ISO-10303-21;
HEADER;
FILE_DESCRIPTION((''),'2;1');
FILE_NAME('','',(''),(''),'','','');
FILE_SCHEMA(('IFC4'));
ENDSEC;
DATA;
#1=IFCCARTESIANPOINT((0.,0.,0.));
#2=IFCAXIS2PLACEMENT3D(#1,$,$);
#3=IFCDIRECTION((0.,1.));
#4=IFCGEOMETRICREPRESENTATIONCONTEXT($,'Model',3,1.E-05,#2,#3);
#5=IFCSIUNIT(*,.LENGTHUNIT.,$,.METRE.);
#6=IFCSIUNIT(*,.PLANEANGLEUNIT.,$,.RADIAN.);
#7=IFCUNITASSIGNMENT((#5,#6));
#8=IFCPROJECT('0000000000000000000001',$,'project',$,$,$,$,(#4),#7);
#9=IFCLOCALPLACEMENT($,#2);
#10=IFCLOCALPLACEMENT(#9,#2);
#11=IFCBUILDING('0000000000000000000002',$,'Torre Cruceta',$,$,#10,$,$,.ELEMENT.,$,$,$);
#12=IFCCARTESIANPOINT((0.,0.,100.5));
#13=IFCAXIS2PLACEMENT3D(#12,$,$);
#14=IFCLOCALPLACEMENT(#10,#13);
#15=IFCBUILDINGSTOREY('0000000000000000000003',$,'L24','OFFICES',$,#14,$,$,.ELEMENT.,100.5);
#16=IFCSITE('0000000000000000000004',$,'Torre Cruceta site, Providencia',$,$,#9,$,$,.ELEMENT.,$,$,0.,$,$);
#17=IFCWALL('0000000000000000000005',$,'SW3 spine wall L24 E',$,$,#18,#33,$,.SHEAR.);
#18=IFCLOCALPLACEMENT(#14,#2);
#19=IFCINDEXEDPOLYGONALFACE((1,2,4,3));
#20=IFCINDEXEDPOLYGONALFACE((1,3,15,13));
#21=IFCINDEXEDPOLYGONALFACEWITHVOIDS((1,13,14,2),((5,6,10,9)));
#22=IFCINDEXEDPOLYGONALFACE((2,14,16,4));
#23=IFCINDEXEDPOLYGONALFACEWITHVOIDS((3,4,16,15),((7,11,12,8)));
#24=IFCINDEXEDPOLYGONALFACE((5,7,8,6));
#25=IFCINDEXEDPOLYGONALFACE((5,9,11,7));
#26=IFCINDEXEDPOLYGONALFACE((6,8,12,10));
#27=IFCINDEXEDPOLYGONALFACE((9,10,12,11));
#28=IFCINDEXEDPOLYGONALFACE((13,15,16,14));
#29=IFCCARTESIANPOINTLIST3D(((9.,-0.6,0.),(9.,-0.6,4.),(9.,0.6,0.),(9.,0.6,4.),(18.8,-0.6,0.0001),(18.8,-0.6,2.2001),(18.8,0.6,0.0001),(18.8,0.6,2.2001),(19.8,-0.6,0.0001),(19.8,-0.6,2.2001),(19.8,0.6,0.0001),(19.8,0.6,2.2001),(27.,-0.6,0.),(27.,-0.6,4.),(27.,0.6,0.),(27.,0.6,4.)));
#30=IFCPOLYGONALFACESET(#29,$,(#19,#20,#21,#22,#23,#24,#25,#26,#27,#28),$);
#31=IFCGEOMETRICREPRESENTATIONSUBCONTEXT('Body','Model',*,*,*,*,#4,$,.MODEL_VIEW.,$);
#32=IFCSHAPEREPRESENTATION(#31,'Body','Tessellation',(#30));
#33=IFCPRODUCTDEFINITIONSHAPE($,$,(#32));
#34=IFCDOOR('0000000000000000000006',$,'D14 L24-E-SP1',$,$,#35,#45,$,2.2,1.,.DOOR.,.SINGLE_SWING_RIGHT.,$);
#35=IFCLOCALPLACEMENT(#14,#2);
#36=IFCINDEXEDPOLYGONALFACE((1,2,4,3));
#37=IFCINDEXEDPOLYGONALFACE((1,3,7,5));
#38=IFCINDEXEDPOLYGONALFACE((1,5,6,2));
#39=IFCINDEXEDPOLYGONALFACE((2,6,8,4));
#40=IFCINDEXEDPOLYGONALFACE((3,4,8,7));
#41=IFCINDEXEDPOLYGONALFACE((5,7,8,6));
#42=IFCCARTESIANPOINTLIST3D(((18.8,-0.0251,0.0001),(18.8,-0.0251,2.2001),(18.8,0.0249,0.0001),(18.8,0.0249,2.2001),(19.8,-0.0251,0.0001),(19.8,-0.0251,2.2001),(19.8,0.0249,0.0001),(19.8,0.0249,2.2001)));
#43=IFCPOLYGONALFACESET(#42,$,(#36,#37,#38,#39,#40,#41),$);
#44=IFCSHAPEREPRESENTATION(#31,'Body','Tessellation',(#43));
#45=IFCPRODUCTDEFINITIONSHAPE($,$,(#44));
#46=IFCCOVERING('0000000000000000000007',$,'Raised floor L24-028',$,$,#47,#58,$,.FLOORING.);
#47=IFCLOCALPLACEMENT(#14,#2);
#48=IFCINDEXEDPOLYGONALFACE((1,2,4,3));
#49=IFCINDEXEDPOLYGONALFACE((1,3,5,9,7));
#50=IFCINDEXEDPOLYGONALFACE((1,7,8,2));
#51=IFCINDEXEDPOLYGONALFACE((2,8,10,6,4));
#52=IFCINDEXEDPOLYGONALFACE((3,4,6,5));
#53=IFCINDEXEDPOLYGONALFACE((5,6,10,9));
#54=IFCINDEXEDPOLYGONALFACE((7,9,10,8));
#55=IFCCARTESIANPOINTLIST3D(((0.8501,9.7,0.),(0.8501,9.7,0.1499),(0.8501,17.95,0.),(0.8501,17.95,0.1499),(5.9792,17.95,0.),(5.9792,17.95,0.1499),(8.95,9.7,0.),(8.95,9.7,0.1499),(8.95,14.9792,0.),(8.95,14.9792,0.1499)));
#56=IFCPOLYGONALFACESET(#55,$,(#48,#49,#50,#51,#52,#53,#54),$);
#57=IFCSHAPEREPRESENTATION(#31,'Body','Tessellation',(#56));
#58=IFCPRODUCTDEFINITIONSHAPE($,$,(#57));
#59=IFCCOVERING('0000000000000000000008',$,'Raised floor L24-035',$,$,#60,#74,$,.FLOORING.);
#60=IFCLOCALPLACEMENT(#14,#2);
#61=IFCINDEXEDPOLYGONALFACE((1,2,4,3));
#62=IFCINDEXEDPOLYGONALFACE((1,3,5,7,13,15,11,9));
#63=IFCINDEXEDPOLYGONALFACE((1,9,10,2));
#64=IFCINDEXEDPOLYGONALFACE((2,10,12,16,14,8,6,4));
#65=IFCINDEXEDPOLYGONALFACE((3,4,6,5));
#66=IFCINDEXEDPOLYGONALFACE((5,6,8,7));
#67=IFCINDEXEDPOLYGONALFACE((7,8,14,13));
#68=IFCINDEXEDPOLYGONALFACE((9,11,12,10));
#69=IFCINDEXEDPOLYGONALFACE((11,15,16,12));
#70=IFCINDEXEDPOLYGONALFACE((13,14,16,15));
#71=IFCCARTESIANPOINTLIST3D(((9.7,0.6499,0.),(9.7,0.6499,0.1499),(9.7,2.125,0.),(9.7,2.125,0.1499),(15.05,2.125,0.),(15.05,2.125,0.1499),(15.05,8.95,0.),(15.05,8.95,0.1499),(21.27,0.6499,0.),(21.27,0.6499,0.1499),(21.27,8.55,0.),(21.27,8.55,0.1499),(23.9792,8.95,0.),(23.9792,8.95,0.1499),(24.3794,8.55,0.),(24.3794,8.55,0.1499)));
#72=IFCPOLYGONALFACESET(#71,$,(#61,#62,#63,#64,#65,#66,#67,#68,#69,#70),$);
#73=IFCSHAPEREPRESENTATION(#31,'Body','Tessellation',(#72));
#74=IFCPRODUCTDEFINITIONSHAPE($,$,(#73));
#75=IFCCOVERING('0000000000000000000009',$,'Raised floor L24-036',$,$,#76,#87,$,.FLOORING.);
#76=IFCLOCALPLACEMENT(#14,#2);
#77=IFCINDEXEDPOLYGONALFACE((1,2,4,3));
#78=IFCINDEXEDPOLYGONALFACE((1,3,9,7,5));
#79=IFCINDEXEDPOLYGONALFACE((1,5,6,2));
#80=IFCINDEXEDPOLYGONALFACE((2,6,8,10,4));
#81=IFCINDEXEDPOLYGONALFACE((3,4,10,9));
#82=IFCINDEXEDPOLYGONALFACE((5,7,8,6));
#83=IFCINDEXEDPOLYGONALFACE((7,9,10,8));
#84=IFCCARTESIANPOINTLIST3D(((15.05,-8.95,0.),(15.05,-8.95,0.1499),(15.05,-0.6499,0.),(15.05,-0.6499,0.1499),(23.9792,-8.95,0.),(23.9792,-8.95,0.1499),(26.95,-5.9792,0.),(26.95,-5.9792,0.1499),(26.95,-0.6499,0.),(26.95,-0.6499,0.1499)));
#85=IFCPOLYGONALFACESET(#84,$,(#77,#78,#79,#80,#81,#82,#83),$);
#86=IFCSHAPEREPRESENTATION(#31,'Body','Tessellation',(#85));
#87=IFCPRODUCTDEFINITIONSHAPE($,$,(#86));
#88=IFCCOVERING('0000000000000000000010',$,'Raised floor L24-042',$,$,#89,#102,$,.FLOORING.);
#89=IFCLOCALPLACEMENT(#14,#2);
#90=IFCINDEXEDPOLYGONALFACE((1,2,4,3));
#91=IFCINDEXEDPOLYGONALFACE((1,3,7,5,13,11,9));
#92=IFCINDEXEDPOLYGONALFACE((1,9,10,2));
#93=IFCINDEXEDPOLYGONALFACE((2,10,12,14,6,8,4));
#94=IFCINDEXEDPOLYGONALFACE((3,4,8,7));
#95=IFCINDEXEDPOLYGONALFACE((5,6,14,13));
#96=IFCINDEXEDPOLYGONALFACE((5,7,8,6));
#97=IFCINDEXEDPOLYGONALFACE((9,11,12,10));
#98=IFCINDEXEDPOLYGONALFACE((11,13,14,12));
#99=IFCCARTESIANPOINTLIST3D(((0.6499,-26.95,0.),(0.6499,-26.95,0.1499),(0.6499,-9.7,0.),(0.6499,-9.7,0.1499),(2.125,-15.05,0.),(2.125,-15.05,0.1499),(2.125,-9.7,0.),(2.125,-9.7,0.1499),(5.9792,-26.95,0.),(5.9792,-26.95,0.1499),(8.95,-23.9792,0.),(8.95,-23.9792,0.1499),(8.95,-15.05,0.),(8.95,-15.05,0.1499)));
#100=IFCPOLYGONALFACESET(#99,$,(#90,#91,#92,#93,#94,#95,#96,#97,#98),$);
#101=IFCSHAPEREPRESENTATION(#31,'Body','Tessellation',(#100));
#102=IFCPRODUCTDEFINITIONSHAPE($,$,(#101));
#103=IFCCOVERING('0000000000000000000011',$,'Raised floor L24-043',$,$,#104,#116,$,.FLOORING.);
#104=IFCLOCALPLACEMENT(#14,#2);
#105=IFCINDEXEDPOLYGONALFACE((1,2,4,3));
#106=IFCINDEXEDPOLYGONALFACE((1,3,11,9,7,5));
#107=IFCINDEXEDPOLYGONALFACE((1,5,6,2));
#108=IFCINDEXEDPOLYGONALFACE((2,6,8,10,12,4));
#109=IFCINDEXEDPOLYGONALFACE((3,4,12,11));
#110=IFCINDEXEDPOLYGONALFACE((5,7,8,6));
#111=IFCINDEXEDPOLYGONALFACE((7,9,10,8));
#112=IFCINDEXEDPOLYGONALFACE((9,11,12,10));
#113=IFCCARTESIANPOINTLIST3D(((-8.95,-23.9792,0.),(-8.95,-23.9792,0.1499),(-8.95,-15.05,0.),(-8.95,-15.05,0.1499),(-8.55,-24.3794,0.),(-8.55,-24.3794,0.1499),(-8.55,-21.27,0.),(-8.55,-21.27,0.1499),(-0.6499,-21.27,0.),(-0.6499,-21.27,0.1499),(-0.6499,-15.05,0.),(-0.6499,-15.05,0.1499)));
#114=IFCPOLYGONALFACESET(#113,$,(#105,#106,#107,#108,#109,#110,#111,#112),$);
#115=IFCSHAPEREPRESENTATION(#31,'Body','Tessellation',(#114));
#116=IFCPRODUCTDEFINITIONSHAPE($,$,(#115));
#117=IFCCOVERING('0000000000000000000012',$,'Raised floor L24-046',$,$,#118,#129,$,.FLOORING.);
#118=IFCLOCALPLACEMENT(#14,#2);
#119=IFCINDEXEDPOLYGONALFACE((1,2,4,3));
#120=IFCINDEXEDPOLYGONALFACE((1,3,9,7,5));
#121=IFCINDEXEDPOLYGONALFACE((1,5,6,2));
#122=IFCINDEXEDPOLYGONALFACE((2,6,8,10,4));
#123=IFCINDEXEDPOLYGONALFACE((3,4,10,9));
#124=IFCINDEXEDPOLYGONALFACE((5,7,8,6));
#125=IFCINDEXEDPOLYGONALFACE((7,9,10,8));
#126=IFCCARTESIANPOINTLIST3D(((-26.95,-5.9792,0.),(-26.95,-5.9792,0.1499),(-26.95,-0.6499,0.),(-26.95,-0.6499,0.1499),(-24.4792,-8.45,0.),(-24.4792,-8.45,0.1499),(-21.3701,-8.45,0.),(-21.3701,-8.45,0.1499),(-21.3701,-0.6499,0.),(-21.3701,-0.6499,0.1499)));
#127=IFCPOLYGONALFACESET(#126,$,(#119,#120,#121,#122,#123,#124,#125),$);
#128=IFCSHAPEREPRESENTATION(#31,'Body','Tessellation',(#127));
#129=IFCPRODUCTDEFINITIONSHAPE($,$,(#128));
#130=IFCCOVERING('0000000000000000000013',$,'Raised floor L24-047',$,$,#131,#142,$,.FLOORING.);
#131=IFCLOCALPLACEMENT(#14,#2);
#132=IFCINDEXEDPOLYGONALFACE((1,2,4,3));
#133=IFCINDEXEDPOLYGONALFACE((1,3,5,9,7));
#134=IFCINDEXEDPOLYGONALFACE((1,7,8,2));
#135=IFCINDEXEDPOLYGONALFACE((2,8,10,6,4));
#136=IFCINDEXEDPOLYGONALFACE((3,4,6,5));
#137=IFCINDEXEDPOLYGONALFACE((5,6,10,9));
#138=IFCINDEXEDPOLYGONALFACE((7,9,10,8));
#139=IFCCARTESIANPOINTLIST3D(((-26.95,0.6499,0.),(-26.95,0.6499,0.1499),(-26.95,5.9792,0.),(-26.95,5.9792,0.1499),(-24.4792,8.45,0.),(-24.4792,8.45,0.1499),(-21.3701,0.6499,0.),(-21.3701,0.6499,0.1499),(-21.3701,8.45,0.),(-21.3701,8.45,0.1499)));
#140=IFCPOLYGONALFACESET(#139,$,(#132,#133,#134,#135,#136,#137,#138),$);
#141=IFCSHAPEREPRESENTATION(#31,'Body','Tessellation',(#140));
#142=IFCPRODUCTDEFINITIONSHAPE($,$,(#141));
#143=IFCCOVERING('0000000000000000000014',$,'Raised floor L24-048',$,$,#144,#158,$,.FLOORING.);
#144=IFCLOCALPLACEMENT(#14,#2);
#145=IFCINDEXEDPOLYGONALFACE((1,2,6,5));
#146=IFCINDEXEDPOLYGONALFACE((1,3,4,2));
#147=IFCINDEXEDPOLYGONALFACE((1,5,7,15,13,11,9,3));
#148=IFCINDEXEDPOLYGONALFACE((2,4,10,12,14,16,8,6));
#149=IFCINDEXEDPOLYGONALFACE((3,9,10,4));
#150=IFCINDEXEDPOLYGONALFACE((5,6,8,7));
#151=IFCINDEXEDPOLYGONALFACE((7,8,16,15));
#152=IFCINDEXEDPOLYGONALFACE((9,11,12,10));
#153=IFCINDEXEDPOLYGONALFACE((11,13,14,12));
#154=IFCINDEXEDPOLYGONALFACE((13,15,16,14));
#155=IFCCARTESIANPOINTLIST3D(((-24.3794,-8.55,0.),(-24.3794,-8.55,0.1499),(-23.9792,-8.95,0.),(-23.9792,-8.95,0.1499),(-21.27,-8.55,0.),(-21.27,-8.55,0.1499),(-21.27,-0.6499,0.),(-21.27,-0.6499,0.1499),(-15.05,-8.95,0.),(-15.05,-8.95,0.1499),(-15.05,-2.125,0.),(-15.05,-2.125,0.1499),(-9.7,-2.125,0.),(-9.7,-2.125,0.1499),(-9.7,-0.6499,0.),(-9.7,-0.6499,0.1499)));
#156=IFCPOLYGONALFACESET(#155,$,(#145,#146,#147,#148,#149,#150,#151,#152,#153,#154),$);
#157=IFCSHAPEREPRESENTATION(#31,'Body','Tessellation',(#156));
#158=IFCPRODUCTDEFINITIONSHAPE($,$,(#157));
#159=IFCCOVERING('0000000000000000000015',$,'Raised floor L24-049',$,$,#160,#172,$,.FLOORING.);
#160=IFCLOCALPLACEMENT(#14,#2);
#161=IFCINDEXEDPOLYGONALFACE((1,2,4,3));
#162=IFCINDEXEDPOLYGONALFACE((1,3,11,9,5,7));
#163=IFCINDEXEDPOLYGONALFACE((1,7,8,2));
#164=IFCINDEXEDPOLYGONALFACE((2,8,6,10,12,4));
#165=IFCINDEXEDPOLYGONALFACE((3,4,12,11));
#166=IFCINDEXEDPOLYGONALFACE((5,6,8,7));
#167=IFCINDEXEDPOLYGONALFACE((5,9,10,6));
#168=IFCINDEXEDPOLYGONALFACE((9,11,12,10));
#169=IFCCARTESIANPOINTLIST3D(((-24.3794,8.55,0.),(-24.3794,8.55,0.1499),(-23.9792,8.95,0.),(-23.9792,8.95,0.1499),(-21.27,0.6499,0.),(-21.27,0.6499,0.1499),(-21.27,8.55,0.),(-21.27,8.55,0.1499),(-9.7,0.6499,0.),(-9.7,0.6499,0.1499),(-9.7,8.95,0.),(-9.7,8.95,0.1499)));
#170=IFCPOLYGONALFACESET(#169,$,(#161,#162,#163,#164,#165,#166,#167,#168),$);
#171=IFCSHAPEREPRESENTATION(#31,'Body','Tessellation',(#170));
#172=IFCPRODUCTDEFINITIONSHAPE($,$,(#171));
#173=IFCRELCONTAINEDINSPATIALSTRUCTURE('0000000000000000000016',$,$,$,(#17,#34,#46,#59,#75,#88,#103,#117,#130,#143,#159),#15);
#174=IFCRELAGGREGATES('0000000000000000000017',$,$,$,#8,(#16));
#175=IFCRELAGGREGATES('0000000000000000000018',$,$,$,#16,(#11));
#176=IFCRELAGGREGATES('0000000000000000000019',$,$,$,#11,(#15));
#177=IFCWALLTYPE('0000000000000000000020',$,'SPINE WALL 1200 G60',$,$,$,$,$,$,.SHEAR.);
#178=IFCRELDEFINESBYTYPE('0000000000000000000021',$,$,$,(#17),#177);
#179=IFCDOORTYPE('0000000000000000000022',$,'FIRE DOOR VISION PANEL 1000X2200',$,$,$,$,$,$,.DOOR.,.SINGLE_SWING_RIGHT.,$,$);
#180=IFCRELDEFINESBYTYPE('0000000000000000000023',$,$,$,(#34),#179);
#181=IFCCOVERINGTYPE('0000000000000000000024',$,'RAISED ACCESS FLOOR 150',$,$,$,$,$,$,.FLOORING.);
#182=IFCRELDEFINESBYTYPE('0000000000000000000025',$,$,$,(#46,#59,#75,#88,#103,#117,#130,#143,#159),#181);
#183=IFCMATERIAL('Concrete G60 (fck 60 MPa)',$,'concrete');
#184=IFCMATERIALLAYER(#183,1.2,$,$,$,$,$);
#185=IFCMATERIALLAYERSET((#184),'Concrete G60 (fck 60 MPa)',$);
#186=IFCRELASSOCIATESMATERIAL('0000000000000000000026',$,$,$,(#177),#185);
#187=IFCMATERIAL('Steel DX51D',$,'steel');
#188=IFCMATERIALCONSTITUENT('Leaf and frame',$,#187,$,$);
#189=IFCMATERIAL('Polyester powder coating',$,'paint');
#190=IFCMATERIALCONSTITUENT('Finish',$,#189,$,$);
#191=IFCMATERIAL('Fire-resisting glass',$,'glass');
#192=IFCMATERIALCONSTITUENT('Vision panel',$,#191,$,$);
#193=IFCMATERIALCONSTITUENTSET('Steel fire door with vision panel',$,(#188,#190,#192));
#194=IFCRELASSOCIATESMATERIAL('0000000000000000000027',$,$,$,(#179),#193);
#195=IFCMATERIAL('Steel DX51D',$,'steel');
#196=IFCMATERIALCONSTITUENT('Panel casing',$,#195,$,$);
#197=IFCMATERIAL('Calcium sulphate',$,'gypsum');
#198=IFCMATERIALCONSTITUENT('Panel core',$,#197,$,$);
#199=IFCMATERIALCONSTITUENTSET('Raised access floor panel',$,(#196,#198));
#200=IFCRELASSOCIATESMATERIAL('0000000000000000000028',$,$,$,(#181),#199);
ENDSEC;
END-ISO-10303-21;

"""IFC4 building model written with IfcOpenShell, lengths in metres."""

from ifc_helpers import new_model, si_unit, direction, frame, frame_2d, origin, place, context, subcontext, project, spatial, polyline, rectangle, outline, extrude, material, layer, layer_set, constituent, constituent_set, type_object, element, fill, save


model = new_model("IFC4")

# Units and contexts
model_context = context("Model", 3, precision=1e-05, world=origin(), true_north=direction((0.0, 1.0)))
body_context = subcontext(model_context, "Body", "Model", "MODEL_VIEW")
ifc_project = project(units=[si_unit("LENGTHUNIT", "METRE"), si_unit("PLANEANGLEUNIT", "RADIAN")], contexts=[model_context])

# Site, building, storey
site_placement = place(None, origin())
site = spatial("IfcSite", under=ifc_project, at=site_placement, Name="Torre Cruceta site, Providencia", CompositionType="ELEMENT", RefElevation=0.0)
building_placement = place(site_placement, origin())
building = spatial("IfcBuilding", under=site, at=building_placement, Name="Torre Cruceta", CompositionType="ELEMENT")
storey_placement = place(building_placement, frame((0.0, 0.0, 100.5)))
storey = spatial("IfcBuildingStorey", under=building, at=storey_placement, Name="L24", Description="OFFICES", CompositionType="ELEMENT", Elevation=100.5)

# Wall, opening, door
ifc_material_1 = material(Name="Concrete G60 (fck 60 MPa)", Category="concrete")
ifc_layer_1 = layer(ifc_material_1, 1.2)
ifc_layer_set_1 = layer_set([ifc_layer_1], Name="Concrete G60 (fck 60 MPa)")
wall_type = type_object("IfcWallType", Name="SPINE WALL 1200 G60", PredefinedType="SHEAR", material=ifc_layer_set_1)
wall_placement = place(storey_placement, frame((9.0, 0.0, 0.0), z_axis=(0.0, 0.0, 1.0), x_axis=(1.0, 0.0, 0.0)))
wall = element("IfcWall", 1, at=wall_placement, inside=storey, type_object=wall_type, Name="SW3 spine wall L24 E", PredefinedType="SHEAR", context=body_context, shape_type="SweptSolid", body=[
    extrude(rectangle(XDim=18.0, YDim=1.2, at=frame_2d((9.0, 0.0))), origin(), (0.0, 0.0, 1.0), 4.0),
])
opening_placement = place(wall_placement, frame((9.8, 0.0, 0.0)))
opening = element("IfcOpeningElement", 2, at=opening_placement, cuts=wall, PredefinedType="OPENING", context=body_context, shape_type="SweptSolid", body=[
    extrude(rectangle(XDim=1.0, YDim=2.2, at=frame_2d((0.5, 1.1001))), frame((0.0, 0.6099, 0.0), z_axis=(0.0, -1.0, 0.0), x_axis=(1.0, 0.0, 0.0)), (0.0, 0.0, 1.0), 1.22),
])
ifc_material_2 = material(Name="Steel DX51D", Category="steel")
ifc_constituent_1 = constituent(ifc_material_2, Name="Leaf and frame")
ifc_material_3 = material(Name="Polyester powder coating", Category="paint")
ifc_constituent_2 = constituent(ifc_material_3, Name="Finish")
ifc_material_4 = material(Name="Fire-resisting glass", Category="glass")
ifc_constituent_3 = constituent(ifc_material_4, Name="Vision panel")
ifc_constituent_set_1 = constituent_set(constituents=[ifc_constituent_1, ifc_constituent_2, ifc_constituent_3], Name="Steel fire door with vision panel")
door_type = type_object("IfcDoorType", Name="FIRE DOOR VISION PANEL 1000X2200", OperationType="SINGLE_SWING_RIGHT", PredefinedType="DOOR", material=ifc_constituent_set_1)
door_placement = place(opening_placement, origin())
door = element("IfcDoor", 3, at=door_placement, inside=storey, type_object=door_type, Name="D14 L24-E-SP1", OperationType="SINGLE_SWING_RIGHT", OverallHeight=2.2, OverallWidth=1.0, PredefinedType="DOOR", context=body_context, shape_type="SweptSolid", body=[
    extrude(rectangle(XDim=1.0, YDim=2.2, at=frame_2d((0.5, 1.1001))), frame((0.0, 0.0249, 0.0), z_axis=(0.0, -1.0, 0.0), x_axis=(1.0, 0.0, 0.0)), (0.0, 0.0, 1.0), 0.05),
])
fill(opening, door)

# Coverings
ifc_material_5 = material(Name="Steel DX51D", Category="steel")
ifc_constituent_4 = constituent(ifc_material_5, Name="Panel casing")
ifc_material_6 = material(Name="Calcium sulphate", Category="gypsum")
ifc_constituent_5 = constituent(ifc_material_6, Name="Panel core")
ifc_constituent_set_2 = constituent_set(constituents=[ifc_constituent_4, ifc_constituent_5], Name="Raised access floor panel")
covering_type_1 = type_object("IfcCoveringType", Name="RAISED ACCESS FLOOR 150", PredefinedType="FLOORING", material=ifc_constituent_set_2)
covering_1_placement = place(storey_placement, origin())
element("IfcCovering", 4, at=covering_1_placement, inside=storey, type_object=covering_type_1, Name="Raised floor L24-028", PredefinedType="FLOORING", context=body_context, shape_type="SweptSolid", body=[
    extrude(outline(polyline([(5.9792, 17.95), (8.95, 14.9792), (8.95, 9.7), (0.8501, 9.7), (0.8501, 17.95), (5.9792, 17.95)])), origin(), (0.0, 0.0, 1.0), 0.1499),
])
covering_2_placement = place(storey_placement, origin())
element("IfcCovering", 5, at=covering_2_placement, inside=storey, type_object=covering_type_1, Name="Raised floor L24-035", PredefinedType="FLOORING", context=body_context, shape_type="SweptSolid", body=[
    extrude(outline(polyline([(9.7, 2.125), (15.05, 2.125), (15.05, 8.95), (23.9792, 8.95), (24.3794, 8.55), (21.27, 8.55), (21.27, 0.6499), (9.7, 0.6499), (9.7, 2.125)])), origin(), (0.0, 0.0, 1.0), 0.1499),
])
covering_3_placement = place(storey_placement, origin())
element("IfcCovering", 6, at=covering_3_placement, inside=storey, type_object=covering_type_1, Name="Raised floor L24-036", PredefinedType="FLOORING", context=body_context, shape_type="SweptSolid", body=[
    extrude(outline(polyline([(23.9792, -8.95), (15.05, -8.95), (15.05, -0.6499), (26.95, -0.6499), (26.95, -5.9792), (23.9792, -8.95)])), origin(), (0.0, 0.0, 1.0), 0.1499),
])
covering_4_placement = place(storey_placement, origin())
element("IfcCovering", 7, at=covering_4_placement, inside=storey, type_object=covering_type_1, Name="Raised floor L24-042", PredefinedType="FLOORING", context=body_context, shape_type="SweptSolid", body=[
    extrude(outline(polyline([(2.125, -9.7), (2.125, -15.05), (8.95, -15.05), (8.95, -23.9792), (5.9792, -26.95), (0.6499, -26.95), (0.6499, -9.7), (2.125, -9.7)])), origin(), (0.0, 0.0, 1.0), 0.1499),
])
covering_5_placement = place(storey_placement, origin())
element("IfcCovering", 8, at=covering_5_placement, inside=storey, type_object=covering_type_1, Name="Raised floor L24-043", PredefinedType="FLOORING", context=body_context, shape_type="SweptSolid", body=[
    extrude(outline(polyline([(-8.55, -21.27), (-8.55, -24.3794), (-8.95, -23.9792), (-8.95, -15.05), (-0.6499, -15.05), (-0.6499, -21.27), (-8.55, -21.27)])), origin(), (0.0, 0.0, 1.0), 0.1499),
])
covering_6_placement = place(storey_placement, origin())
element("IfcCovering", 9, at=covering_6_placement, inside=storey, type_object=covering_type_1, Name="Raised floor L24-046", PredefinedType="FLOORING", context=body_context, shape_type="SweptSolid", body=[
    extrude(outline(polyline([(-26.95, -0.6499), (-21.3701, -0.6499), (-21.3701, -8.45), (-24.4792, -8.45), (-26.95, -5.9792), (-26.95, -0.6499)])), origin(), (0.0, 0.0, 1.0), 0.1499),
])
covering_7_placement = place(storey_placement, origin())
element("IfcCovering", 10, at=covering_7_placement, inside=storey, type_object=covering_type_1, Name="Raised floor L24-047", PredefinedType="FLOORING", context=body_context, shape_type="SweptSolid", body=[
    extrude(outline(polyline([(-24.4792, 8.45), (-21.3701, 8.45), (-21.3701, 0.6499), (-26.95, 0.6499), (-26.95, 5.9792), (-24.4792, 8.45)])), origin(), (0.0, 0.0, 1.0), 0.1499),
])
covering_8_placement = place(storey_placement, origin())
element("IfcCovering", 11, at=covering_8_placement, inside=storey, type_object=covering_type_1, Name="Raised floor L24-048", PredefinedType="FLOORING", context=body_context, shape_type="SweptSolid", body=[
    extrude(outline(polyline([(-21.27, -0.6499), (-9.7, -0.6499), (-9.7, -2.125), (-15.05, -2.125), (-15.05, -8.95), (-23.9792, -8.95), (-24.3794, -8.55), (-21.27, -8.55), (-21.27, -0.6499)])), origin(), (0.0, 0.0, 1.0), 0.1499),
])
covering_9_placement = place(storey_placement, origin())
element("IfcCovering", 12, at=covering_9_placement, inside=storey, type_object=covering_type_1, Name="Raised floor L24-049", PredefinedType="FLOORING", context=body_context, shape_type="SweptSolid", body=[
    extrude(outline(polyline([(-21.27, 8.55), (-24.3794, 8.55), (-23.9792, 8.95), (-9.7, 8.95), (-9.7, 0.6499), (-21.27, 0.6499), (-21.27, 8.55)])), origin(), (0.0, 0.0, 1.0), 0.1499),
])

save(model, "model.ifc")
